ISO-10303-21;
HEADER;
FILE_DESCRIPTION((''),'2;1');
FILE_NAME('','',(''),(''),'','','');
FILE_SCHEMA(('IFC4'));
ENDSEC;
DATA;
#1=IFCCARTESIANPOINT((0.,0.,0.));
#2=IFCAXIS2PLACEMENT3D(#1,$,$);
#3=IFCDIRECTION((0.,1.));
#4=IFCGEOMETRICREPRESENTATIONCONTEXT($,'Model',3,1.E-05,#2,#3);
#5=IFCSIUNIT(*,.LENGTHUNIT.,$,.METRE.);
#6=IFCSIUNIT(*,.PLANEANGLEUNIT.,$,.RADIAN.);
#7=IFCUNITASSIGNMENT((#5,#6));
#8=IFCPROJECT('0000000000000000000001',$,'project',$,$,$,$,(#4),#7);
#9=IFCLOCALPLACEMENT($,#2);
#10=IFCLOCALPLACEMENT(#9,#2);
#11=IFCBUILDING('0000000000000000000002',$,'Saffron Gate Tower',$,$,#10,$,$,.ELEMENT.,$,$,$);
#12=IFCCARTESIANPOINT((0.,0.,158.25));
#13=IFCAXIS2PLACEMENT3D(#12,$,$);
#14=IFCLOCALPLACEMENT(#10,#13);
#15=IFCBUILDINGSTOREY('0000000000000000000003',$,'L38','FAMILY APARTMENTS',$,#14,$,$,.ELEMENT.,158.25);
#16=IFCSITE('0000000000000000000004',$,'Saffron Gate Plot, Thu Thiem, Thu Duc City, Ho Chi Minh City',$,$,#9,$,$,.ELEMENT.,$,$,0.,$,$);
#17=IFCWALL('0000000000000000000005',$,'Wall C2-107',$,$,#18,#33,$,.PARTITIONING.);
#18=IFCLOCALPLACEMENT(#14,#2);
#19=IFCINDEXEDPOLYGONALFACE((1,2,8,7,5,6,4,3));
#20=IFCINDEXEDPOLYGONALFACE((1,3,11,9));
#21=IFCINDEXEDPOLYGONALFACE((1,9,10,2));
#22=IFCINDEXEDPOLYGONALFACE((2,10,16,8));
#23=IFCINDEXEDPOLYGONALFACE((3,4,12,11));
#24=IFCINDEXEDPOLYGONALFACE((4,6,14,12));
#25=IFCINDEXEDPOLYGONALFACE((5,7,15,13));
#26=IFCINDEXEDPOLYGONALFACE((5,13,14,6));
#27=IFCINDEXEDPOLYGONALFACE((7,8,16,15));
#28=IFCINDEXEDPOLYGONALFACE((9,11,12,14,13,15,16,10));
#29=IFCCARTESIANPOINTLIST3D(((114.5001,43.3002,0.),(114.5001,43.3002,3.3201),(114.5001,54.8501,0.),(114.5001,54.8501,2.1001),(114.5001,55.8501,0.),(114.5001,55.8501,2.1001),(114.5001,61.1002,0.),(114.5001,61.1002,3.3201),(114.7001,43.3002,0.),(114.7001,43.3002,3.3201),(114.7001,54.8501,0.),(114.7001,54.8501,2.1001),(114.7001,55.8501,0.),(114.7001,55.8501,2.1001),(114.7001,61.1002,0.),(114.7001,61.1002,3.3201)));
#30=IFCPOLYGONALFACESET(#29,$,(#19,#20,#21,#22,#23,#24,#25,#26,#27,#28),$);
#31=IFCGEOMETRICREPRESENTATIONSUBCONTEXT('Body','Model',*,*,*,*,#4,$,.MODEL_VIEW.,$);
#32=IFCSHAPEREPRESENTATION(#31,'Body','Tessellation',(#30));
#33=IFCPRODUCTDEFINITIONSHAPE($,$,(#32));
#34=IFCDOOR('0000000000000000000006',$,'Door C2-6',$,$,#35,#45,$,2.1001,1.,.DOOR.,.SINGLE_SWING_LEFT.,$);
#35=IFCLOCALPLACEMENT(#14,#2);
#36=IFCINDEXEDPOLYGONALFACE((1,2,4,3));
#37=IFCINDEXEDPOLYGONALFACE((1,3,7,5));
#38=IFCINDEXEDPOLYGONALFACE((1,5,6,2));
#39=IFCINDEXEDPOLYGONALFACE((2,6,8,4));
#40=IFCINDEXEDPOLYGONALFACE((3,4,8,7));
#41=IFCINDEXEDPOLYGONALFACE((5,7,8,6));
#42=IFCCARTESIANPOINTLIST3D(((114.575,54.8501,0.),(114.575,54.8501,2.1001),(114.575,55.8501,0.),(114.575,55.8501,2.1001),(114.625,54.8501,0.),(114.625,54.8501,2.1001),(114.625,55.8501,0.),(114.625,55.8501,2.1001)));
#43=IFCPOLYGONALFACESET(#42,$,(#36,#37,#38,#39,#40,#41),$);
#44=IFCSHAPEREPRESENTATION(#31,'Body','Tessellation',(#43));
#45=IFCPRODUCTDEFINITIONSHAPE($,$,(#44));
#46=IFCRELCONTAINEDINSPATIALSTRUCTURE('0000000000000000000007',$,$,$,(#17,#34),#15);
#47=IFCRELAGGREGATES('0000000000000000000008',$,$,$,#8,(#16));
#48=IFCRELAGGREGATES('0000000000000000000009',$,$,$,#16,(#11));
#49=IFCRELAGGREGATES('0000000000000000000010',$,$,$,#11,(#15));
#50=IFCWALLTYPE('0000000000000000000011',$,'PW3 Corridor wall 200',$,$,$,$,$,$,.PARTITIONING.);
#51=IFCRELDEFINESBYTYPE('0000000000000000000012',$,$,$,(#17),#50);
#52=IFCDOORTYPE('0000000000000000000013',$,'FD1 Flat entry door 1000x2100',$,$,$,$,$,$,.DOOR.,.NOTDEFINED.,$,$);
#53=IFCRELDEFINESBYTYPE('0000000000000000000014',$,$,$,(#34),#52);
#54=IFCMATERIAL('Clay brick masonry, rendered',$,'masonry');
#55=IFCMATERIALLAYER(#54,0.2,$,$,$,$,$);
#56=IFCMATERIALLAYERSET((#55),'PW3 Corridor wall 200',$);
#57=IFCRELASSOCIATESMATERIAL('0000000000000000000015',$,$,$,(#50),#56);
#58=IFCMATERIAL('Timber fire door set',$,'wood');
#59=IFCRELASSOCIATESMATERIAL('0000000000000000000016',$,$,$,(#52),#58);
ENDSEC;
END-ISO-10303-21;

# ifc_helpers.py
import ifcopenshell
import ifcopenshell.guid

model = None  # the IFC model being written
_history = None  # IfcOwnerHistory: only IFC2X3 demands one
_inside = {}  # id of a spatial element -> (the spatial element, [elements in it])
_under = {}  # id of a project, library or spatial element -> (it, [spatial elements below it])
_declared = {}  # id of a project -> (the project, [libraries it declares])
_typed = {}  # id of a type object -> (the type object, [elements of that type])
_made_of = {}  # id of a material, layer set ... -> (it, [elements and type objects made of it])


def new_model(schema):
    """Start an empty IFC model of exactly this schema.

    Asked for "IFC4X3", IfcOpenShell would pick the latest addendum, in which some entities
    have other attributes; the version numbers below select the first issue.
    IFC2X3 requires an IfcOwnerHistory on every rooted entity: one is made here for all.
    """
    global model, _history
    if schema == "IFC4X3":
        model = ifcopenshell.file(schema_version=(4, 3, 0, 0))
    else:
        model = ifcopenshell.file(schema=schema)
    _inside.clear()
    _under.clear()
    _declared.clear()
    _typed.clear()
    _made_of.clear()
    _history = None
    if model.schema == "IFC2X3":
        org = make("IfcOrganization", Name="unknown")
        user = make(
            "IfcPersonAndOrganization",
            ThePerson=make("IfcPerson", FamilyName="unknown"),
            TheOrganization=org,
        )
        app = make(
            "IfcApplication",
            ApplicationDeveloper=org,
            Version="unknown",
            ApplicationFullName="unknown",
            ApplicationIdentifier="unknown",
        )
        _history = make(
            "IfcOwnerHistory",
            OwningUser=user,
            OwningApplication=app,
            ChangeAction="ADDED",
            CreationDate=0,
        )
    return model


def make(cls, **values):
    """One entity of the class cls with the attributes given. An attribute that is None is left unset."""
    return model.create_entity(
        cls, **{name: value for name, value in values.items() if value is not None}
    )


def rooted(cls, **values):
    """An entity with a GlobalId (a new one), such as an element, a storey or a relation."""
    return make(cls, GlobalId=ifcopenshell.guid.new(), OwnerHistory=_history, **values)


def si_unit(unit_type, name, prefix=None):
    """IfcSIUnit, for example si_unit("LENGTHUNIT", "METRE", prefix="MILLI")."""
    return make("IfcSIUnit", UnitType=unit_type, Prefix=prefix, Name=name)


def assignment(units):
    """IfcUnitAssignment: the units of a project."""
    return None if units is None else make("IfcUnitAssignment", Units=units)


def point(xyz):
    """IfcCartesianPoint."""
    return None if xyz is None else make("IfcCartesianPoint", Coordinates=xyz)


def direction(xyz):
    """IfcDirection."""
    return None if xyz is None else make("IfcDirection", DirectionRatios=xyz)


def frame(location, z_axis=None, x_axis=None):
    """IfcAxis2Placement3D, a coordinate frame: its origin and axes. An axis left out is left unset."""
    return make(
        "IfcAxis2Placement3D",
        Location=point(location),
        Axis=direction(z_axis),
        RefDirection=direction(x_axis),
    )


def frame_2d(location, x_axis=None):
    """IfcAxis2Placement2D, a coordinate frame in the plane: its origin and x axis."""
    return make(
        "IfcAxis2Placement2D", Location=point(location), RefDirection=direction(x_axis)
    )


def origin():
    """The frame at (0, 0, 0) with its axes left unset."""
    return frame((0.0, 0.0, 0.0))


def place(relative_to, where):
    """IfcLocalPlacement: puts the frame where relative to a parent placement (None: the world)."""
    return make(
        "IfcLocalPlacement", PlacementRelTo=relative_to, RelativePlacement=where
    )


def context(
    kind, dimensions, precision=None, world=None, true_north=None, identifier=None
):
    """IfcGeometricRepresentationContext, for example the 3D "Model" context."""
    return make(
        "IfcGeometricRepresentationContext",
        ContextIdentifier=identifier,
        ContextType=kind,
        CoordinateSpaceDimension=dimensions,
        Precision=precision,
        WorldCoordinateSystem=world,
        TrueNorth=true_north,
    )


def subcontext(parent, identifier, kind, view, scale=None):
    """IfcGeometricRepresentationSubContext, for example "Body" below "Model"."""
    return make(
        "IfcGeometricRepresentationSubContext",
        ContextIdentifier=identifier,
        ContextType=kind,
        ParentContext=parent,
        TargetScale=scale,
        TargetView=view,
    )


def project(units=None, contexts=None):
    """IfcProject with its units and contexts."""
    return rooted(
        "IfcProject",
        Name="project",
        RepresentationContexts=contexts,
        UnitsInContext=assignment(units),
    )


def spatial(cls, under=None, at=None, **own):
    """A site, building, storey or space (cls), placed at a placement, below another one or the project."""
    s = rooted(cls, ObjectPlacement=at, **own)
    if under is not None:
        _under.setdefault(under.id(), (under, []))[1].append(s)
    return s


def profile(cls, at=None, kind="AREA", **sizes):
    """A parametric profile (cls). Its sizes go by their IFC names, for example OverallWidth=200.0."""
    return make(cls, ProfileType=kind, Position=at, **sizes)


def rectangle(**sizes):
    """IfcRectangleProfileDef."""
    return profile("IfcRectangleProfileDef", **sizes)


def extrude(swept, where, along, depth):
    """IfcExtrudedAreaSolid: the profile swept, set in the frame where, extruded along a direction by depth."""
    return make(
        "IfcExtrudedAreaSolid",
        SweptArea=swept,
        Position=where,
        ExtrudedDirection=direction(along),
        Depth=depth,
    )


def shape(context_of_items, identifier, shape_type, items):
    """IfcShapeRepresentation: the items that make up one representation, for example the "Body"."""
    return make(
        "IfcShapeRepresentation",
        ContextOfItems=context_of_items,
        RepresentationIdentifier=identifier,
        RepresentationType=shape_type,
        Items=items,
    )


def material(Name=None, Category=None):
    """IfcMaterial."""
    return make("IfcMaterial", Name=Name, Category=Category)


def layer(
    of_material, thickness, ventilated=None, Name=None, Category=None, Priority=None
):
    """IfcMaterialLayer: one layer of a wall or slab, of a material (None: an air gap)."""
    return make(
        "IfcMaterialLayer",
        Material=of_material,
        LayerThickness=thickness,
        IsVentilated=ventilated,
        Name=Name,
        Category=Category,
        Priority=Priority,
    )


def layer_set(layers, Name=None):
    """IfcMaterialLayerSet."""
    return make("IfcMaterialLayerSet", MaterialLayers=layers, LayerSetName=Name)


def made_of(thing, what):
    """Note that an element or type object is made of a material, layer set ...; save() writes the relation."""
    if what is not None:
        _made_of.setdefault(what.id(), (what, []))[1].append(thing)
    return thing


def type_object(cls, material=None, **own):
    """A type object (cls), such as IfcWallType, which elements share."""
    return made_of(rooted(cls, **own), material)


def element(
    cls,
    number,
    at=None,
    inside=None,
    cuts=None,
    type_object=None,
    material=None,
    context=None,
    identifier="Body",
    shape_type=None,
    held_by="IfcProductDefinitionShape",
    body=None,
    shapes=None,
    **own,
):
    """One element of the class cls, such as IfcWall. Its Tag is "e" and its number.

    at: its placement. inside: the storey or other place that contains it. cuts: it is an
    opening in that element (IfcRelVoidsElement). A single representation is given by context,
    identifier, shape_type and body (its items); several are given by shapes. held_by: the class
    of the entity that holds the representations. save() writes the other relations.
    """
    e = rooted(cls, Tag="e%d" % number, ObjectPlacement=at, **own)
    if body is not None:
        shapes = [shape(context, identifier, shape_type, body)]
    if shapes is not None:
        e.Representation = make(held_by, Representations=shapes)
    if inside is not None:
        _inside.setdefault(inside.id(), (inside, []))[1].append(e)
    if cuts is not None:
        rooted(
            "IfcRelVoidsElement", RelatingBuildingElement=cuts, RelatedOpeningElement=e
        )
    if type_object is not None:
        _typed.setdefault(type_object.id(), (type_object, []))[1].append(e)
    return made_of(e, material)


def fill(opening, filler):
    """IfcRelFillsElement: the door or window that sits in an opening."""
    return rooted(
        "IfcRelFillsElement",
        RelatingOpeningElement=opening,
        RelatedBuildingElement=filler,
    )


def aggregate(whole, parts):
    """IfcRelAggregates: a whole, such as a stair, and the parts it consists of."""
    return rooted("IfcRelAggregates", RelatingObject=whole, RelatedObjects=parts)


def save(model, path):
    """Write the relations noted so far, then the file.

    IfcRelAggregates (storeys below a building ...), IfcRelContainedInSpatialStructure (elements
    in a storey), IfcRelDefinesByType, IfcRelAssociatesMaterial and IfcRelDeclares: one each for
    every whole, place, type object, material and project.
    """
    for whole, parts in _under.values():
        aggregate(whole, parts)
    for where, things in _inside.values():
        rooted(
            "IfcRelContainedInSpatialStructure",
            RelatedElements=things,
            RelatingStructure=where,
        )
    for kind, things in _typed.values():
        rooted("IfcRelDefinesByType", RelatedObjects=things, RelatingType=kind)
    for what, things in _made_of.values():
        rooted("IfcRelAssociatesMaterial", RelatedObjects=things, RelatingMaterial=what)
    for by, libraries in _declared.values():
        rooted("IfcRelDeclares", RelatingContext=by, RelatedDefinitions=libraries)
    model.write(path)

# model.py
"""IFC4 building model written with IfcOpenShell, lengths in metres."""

from ifc_helpers import new_model, si_unit, direction, frame, frame_2d, origin, place, context, subcontext, project, spatial, rectangle, extrude, material, layer, layer_set, type_object, element, fill, save


model = new_model("IFC4")

# Units and contexts
model_context = context("Model", 3, precision=1e-05, world=origin(), true_north=direction((0.0, 1.0)))
body_context = subcontext(model_context, "Body", "Model", "MODEL_VIEW")
ifc_project = project(units=[si_unit("LENGTHUNIT", "METRE"), si_unit("PLANEANGLEUNIT", "RADIAN")], contexts=[model_context])

# Site, building, storey
site_placement = place(None, origin())
site = spatial("IfcSite", under=ifc_project, at=site_placement, Name="Saffron Gate Plot, Thu Thiem, Thu Duc City, Ho Chi Minh City", CompositionType="ELEMENT", RefElevation=0.0)
building_placement = place(site_placement, origin())
building = spatial("IfcBuilding", under=site, at=building_placement, Name="Saffron Gate Tower", CompositionType="ELEMENT")
storey_placement = place(building_placement, frame((0.0, 0.0, 158.25)))
storey = spatial("IfcBuildingStorey", under=building, at=storey_placement, Name="L38", Description="FAMILY APARTMENTS", CompositionType="ELEMENT", Elevation=158.25)

# Shared definitions
ifc_material_1 = material(Name="Clay brick masonry, rendered", Category="masonry")

# Wall, opening, door
ifc_layer_1 = layer(ifc_material_1, 0.2)
ifc_layer_set_1 = layer_set([ifc_layer_1], Name="PW3 Corridor wall 200")
wall_type_1 = type_object("IfcWallType", Name="PW3 Corridor wall 200", PredefinedType="PARTITIONING", material=ifc_layer_set_1)
wall_1_placement = place(storey_placement, frame((114.6001, 61.1001, 0.0), z_axis=(0.0, 0.0, 1.0), x_axis=(0.0, -1.0, 0.0)))
wall_1 = element("IfcWall", 1, at=wall_1_placement, inside=storey, type_object=wall_type_1, Name="Wall C2-107", PredefinedType="PARTITIONING", context=body_context, shape_type="SweptSolid", body=[
    extrude(rectangle(XDim=17.8, YDim=0.2, at=frame_2d((8.8999, 0.0))), origin(), (0.0, 0.0, 1.0), 3.3201),
])
opening_1_placement = place(wall_1_placement, frame((5.25, 0.0, 0.0)))
opening_1 = element("IfcOpeningElement", 2, at=opening_1_placement, cuts=wall_1, PredefinedType="OPENING", context=body_context, shape_type="SweptSolid", body=[
    extrude(rectangle(XDim=1.0, YDim=2.1001, at=frame_2d((0.5, 1.05))), frame((0.0, 0.1099, 0.0), z_axis=(0.0, -1.0, 0.0), x_axis=(1.0, 0.0, 0.0)), (0.0, 0.0, 1.0), 0.22),
])
ifc_material_2 = material(Name="Timber fire door set", Category="wood")
door_type_1 = type_object("IfcDoorType", Name="FD1 Flat entry door 1000x2100", OperationType="NOTDEFINED", PredefinedType="DOOR", material=ifc_material_2)
door_1_placement = place(opening_1_placement, origin())
door_1 = element("IfcDoor", 3, at=door_1_placement, inside=storey, type_object=door_type_1, Name="Door C2-6", OperationType="SINGLE_SWING_LEFT", OverallHeight=2.1001, OverallWidth=1.0, PredefinedType="DOOR", context=body_context, shape_type="SweptSolid", body=[
    extrude(rectangle(XDim=1.0, YDim=2.1001, at=frame_2d((0.5, 1.05))), frame((0.0, 0.0249, 0.0), z_axis=(0.0, -1.0, 0.0), x_axis=(1.0, 0.0, 0.0)), (0.0, 0.0, 1.0), 0.05),
])
fill(opening_1, door_1)

save(model, "model.ifc")
